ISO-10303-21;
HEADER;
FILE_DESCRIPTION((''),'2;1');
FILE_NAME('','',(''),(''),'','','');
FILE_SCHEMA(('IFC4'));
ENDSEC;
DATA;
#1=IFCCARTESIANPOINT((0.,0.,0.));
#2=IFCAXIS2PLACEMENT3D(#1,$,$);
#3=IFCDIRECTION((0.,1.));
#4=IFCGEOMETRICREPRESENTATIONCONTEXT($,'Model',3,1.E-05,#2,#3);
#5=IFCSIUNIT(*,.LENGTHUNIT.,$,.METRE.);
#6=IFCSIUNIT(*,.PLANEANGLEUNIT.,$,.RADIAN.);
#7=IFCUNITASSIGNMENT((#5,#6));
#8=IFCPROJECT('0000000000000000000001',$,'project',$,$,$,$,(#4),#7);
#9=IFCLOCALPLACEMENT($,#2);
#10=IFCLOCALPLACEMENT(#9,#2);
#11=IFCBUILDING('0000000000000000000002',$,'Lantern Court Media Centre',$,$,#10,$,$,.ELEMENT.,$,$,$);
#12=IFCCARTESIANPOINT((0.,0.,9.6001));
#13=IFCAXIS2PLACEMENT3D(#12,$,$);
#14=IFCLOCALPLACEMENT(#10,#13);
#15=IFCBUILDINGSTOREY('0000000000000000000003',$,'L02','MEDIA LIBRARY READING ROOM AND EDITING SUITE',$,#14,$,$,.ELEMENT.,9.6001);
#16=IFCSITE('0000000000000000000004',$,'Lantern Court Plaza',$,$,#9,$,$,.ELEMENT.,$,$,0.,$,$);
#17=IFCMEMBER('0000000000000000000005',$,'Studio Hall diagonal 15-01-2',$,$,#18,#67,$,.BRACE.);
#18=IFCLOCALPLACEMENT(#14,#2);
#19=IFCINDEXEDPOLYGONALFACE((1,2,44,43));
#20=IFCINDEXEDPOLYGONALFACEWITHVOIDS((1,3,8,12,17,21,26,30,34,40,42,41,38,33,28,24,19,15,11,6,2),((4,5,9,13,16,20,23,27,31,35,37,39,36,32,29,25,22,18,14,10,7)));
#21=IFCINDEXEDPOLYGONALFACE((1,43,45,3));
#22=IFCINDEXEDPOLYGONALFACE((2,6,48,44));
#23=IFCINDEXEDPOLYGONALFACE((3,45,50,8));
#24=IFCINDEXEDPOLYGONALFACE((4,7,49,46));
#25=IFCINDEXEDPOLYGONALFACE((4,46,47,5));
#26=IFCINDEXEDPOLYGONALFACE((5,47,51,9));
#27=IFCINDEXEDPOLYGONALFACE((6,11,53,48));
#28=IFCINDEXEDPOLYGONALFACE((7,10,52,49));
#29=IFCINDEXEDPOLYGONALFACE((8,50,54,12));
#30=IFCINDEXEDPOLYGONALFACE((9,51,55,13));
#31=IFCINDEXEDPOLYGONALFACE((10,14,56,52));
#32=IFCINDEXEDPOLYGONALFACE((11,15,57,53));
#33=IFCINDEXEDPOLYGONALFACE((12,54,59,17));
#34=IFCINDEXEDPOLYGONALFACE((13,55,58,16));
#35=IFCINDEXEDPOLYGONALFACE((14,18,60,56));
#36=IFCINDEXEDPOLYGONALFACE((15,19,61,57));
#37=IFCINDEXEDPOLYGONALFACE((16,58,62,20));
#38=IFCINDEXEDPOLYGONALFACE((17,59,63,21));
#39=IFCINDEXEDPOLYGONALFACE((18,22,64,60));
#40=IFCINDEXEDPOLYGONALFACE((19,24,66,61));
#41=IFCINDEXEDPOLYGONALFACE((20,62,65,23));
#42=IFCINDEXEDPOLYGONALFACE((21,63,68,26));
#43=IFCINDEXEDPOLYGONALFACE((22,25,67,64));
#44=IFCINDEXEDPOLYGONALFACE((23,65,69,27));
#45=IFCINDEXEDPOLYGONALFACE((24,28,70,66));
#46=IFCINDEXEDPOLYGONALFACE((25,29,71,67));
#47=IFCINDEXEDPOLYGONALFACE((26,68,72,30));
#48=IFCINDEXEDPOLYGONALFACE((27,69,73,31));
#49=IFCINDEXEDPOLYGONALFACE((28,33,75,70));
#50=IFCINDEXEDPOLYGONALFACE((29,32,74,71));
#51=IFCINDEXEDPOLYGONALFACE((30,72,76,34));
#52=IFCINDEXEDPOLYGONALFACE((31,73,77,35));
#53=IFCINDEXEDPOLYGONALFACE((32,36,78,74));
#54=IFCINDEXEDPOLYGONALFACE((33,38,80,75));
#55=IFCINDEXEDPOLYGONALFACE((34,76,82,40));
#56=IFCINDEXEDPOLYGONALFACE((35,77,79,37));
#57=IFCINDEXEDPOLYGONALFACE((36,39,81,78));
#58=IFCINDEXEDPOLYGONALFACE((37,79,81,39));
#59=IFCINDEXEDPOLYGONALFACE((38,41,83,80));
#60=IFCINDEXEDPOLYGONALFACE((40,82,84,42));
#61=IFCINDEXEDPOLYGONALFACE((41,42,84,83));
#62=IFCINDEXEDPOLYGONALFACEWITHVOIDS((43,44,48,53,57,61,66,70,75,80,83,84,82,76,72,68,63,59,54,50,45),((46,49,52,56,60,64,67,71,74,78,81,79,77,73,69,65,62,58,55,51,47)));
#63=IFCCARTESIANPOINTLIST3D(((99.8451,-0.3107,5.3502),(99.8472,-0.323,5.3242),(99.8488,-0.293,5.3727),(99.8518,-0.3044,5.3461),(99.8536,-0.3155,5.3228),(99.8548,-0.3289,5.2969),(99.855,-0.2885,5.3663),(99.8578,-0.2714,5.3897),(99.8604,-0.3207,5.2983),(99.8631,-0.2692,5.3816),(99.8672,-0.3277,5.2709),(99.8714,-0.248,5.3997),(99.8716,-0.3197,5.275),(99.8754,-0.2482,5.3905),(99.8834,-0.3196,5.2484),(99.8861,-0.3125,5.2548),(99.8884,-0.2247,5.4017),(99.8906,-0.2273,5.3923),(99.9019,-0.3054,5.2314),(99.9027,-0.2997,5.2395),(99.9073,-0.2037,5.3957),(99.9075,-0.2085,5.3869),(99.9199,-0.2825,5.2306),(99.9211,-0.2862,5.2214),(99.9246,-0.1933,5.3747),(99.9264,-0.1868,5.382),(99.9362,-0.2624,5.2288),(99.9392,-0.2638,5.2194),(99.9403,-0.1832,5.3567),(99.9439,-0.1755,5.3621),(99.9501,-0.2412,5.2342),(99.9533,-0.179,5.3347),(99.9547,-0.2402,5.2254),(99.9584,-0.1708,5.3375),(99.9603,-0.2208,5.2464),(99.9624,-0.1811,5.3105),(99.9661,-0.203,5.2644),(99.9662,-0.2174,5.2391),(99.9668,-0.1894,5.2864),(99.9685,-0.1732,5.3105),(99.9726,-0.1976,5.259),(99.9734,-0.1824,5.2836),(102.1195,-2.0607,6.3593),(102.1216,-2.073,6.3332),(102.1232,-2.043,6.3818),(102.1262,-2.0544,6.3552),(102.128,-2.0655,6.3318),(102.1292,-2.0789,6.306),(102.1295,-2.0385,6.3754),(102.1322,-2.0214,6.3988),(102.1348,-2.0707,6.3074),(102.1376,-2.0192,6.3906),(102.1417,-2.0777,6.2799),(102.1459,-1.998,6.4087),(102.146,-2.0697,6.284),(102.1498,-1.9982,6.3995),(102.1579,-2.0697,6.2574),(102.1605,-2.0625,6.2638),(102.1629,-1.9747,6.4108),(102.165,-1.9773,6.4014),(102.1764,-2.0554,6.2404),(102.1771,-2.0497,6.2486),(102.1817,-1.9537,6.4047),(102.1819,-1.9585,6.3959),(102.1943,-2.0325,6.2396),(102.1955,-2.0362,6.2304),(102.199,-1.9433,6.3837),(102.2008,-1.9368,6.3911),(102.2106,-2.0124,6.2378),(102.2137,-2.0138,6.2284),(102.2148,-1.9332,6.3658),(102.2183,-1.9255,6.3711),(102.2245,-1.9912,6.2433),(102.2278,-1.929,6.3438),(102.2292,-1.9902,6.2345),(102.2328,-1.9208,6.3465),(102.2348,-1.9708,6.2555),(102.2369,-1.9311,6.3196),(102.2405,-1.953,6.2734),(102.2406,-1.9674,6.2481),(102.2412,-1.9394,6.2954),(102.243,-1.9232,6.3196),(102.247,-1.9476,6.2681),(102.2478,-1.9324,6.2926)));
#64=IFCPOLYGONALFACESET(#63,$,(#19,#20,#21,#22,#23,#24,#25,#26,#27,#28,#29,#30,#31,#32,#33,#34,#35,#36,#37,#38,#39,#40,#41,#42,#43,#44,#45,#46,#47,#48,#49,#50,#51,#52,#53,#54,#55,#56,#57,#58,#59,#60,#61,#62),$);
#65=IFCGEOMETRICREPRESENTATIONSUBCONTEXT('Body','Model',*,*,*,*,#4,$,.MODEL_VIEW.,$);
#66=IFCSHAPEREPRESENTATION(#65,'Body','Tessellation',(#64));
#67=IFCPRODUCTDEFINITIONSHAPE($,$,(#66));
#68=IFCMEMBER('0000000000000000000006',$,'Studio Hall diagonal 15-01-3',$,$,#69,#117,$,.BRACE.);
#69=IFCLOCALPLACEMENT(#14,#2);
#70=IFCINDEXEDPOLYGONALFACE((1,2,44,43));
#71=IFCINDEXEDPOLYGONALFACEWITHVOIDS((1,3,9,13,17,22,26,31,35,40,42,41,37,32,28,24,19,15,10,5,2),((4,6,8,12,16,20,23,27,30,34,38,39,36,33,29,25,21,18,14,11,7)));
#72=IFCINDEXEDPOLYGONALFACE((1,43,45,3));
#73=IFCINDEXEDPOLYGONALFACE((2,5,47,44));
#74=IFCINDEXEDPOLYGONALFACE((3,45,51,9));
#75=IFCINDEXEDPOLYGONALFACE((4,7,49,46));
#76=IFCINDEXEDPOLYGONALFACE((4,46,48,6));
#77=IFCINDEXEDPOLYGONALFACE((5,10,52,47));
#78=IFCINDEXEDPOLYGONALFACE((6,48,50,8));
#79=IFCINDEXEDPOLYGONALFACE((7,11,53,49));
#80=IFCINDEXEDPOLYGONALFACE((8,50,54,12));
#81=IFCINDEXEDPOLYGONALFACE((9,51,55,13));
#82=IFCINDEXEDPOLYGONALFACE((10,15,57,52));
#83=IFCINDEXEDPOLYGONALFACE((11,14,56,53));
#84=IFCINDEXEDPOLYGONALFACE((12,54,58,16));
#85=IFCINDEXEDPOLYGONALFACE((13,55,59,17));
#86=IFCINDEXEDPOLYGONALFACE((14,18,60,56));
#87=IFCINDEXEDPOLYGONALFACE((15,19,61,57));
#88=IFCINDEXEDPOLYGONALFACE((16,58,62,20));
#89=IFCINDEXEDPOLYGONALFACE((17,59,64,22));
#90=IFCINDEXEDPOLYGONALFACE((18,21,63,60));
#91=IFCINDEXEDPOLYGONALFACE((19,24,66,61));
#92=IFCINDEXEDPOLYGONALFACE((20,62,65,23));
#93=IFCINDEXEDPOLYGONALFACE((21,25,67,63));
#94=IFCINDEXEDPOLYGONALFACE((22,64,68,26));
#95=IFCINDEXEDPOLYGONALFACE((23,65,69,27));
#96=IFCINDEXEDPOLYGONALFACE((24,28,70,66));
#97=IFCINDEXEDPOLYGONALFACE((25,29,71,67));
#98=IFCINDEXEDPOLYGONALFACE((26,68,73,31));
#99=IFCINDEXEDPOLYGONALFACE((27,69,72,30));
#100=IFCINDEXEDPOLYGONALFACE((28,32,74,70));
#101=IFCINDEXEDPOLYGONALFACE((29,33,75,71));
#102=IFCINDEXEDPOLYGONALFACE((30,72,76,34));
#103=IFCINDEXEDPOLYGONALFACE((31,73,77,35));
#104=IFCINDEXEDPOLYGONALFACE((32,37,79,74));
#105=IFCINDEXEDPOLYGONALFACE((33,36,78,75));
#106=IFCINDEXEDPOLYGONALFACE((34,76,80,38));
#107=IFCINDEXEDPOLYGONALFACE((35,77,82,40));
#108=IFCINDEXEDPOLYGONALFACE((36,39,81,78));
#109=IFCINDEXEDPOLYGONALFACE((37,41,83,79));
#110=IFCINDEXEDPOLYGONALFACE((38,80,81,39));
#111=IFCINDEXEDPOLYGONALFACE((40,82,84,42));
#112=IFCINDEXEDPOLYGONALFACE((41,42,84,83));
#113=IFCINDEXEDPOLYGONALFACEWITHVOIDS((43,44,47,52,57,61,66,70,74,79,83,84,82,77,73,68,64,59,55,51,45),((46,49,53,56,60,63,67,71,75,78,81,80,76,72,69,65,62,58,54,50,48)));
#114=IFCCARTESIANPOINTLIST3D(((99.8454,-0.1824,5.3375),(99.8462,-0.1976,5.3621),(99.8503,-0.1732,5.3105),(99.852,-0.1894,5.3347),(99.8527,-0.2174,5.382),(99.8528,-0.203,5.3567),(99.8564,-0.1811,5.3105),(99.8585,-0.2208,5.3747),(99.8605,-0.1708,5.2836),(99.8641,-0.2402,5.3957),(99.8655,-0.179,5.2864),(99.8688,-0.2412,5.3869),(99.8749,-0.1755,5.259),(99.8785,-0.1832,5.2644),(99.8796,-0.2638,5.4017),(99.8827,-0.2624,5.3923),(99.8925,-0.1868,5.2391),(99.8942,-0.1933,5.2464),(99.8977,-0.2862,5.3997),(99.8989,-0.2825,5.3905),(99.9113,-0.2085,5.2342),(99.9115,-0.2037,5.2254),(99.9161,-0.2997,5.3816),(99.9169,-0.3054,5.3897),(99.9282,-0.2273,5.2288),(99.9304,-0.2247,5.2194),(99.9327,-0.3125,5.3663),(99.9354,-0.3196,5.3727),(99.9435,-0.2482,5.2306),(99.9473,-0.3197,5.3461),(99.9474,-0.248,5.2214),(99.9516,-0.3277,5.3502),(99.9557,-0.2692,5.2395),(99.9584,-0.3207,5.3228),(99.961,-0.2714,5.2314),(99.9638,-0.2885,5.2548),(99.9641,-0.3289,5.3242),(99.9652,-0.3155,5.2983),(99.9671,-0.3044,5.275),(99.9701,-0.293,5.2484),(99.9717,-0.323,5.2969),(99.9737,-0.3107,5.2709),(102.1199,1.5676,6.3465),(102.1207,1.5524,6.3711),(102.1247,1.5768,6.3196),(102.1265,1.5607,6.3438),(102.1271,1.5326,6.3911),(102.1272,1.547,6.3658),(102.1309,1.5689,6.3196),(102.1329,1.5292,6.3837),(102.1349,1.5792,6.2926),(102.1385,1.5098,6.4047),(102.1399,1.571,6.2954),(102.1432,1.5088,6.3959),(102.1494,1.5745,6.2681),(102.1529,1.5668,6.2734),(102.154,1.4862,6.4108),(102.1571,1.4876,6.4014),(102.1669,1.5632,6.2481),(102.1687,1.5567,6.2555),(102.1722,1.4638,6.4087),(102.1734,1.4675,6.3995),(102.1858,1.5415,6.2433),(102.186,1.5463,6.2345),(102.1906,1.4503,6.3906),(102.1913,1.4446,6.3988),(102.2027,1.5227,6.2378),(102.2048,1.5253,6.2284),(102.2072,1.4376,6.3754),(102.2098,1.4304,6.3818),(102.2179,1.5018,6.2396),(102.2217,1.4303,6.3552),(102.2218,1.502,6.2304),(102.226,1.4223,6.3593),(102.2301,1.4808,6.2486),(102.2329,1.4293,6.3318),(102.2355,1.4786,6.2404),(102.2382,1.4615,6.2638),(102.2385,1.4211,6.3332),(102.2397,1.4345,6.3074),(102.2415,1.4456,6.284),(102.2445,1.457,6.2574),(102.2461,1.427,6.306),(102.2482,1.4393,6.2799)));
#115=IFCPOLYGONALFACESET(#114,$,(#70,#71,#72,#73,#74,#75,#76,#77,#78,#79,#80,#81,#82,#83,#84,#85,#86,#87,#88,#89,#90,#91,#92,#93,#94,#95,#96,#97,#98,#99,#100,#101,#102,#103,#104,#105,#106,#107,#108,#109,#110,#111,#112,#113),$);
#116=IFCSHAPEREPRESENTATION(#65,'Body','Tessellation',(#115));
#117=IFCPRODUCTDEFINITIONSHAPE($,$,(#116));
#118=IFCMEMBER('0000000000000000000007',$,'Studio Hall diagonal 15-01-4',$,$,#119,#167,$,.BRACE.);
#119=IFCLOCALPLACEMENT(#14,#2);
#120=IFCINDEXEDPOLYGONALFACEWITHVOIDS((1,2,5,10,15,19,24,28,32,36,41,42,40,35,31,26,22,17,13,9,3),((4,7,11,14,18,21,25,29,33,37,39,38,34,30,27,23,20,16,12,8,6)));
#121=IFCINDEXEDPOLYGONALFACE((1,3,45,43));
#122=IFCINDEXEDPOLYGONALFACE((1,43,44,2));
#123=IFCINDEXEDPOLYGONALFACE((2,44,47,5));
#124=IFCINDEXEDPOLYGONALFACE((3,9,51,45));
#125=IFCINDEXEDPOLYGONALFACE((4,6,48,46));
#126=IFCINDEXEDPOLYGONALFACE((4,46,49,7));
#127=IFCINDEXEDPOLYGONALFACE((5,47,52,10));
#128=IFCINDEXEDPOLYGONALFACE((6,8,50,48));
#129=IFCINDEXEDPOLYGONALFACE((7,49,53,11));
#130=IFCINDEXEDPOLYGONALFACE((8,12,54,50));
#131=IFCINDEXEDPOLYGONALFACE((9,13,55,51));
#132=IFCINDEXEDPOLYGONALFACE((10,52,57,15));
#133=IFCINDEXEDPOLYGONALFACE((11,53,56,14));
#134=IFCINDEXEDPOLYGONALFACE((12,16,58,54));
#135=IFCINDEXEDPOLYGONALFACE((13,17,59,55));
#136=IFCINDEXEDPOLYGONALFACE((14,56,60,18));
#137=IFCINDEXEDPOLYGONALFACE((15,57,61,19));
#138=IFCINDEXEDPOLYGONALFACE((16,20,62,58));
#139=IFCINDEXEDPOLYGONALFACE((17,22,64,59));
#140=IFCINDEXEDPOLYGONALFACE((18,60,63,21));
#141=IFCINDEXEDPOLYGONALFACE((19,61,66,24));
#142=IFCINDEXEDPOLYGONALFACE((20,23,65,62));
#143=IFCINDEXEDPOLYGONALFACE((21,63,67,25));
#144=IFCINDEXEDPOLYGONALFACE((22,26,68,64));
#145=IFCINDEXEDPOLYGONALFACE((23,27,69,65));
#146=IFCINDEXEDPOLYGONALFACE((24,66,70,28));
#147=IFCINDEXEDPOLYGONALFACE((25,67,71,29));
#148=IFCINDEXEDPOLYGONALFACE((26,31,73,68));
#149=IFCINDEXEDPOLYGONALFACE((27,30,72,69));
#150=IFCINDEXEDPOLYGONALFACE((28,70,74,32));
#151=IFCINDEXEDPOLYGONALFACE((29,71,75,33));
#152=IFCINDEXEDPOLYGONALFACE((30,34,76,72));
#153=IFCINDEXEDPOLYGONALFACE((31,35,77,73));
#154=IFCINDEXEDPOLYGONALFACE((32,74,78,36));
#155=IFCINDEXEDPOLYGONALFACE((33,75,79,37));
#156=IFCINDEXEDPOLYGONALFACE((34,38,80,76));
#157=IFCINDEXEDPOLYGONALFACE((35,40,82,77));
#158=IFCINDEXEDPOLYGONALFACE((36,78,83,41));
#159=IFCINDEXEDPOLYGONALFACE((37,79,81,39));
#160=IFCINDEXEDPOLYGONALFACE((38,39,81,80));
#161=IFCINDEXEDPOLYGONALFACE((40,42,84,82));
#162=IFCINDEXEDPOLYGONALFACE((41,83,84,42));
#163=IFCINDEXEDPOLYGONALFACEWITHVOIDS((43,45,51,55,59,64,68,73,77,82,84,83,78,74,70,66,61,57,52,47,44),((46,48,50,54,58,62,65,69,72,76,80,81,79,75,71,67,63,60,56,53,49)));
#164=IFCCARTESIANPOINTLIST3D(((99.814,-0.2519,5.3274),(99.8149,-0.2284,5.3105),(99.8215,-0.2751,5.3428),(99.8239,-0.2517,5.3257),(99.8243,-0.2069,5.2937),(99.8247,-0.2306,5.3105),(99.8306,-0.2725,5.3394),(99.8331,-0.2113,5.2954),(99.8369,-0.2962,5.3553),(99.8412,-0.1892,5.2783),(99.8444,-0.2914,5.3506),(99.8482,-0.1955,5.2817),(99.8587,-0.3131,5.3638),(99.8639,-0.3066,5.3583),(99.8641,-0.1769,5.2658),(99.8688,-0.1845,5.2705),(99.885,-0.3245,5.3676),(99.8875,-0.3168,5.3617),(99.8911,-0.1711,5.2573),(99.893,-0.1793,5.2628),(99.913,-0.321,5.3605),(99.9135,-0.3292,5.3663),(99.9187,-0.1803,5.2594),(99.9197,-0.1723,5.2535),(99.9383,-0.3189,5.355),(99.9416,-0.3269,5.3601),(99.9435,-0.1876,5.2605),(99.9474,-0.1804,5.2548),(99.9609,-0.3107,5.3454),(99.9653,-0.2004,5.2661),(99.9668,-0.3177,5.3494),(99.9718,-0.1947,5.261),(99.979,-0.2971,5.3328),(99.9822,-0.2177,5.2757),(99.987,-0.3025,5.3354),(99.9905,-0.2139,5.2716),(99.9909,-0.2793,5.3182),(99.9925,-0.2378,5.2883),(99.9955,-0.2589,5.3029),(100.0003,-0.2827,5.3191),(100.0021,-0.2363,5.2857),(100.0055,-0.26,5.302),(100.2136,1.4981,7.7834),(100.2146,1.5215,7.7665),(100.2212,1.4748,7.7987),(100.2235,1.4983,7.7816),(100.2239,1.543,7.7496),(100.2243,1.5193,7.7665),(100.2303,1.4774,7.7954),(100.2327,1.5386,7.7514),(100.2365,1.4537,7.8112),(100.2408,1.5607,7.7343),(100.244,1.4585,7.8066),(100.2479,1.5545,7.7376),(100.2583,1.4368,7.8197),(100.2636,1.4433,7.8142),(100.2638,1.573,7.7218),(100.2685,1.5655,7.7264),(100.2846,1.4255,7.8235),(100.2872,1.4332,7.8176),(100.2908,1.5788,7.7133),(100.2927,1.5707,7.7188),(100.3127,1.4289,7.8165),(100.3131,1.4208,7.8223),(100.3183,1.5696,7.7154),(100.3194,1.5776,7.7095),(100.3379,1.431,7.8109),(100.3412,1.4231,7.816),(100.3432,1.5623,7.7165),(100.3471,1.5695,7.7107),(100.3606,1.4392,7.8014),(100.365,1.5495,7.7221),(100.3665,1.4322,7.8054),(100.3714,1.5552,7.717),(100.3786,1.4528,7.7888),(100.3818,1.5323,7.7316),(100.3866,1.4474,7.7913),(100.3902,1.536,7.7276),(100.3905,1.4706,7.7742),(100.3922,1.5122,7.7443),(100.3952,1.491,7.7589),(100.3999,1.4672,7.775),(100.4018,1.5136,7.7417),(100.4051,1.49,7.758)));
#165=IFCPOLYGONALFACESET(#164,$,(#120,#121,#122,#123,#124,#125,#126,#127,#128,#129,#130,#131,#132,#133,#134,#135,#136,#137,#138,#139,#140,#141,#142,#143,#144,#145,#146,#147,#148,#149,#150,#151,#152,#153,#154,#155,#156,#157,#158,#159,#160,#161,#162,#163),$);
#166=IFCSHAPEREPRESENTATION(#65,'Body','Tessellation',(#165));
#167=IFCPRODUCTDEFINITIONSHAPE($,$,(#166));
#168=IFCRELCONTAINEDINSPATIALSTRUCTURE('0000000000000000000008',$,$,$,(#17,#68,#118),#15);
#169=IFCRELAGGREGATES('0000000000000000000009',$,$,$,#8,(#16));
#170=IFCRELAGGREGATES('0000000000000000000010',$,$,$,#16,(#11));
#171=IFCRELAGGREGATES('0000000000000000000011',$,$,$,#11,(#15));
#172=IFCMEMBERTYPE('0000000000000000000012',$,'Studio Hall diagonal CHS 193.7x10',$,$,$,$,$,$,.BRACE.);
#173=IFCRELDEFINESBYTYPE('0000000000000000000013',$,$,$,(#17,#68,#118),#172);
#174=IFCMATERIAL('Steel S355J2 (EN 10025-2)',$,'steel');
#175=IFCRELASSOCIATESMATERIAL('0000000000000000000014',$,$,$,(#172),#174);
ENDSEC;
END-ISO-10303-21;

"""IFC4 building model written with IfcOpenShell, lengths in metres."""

from ifc_helpers import new_model, si_unit, direction, frame, origin, origin_2d, place, context, subcontext, project, spatial, hollow_circle, extrude, material, material_profile, profile_set, type_object, element, save


model = new_model("IFC4")

# Units and contexts
model_context = context("Model", 3, precision=1e-05, world=origin(), true_north=direction((0.0, 1.0)))
body_context = subcontext(model_context, "Body", "Model", "MODEL_VIEW")
ifc_project = project(units=[si_unit("LENGTHUNIT", "METRE"), si_unit("PLANEANGLEUNIT", "RADIAN")], contexts=[model_context])

# Site, building, storey
site_placement = place(None, origin())
site = spatial("IfcSite", under=ifc_project, at=site_placement, Name="Lantern Court Plaza", CompositionType="ELEMENT", RefElevation=0.0)
building_placement = place(site_placement, origin())
building = spatial("IfcBuilding", under=site, at=building_placement, Name="Lantern Court Media Centre", CompositionType="ELEMENT")
storey_placement = place(building_placement, frame((0.0, 0.0, 9.6001)))
storey = spatial("IfcBuildingStorey", under=building, at=storey_placement, Name="L02", Description="MEDIA LIBRARY READING ROOM AND EDITING SUITE", CompositionType="ELEMENT", Elevation=9.6001)

# Members
ifc_material_1 = material(Name="Steel S355J2 (EN 10025-2)", Category="steel")
ifc_material_profile_1 = material_profile(ifc_material_1, hollow_circle(Radius=0.0969, WallThickness=0.01, at=origin_2d()), Name="Studio Hall diagonal CHS 193.7x10")
ifc_profile_set_1 = profile_set([ifc_material_profile_1], Name="Steel S355J2 (EN 10025-2)")
member_type_1 = type_object("IfcMemberType", Name="Studio Hall diagonal CHS 193.7x10", PredefinedType="BRACE", material=ifc_profile_set_1)
for number, where, z_axis, x_axis, name in (
    (1, (99.9094, -0.25, 5.3105), (0.747677, -0.575284, 0.331703), (0.609809, 0.792548, 0.0), "Studio Hall diagonal 15-01-2"),
    (2, (99.9094, -0.25, 5.3105), (0.747677, 0.575284, 0.331703), (-0.609809, 0.792548, 0.0), "Studio Hall diagonal 15-01-3"),
    (3, (99.9094, -0.25, 5.3105), (0.131375, 0.575259, 0.807352), (-0.9749, 0.222644, 0.0), "Studio Hall diagonal 15-01-4"),
):
    element("IfcMember", number, at=place(storey_placement, frame(where, z_axis=z_axis, x_axis=x_axis)), inside=storey, type_object=member_type_1, Name=name, PredefinedType="BRACE", context=body_context, shape_type="SweptSolid", body=[
        extrude(hollow_circle(Radius=0.0969, WallThickness=0.01, at=origin_2d()), origin(), (0.0, 0.0, 1.0), 3.042),
    ])

save(model, "model.ifc")
